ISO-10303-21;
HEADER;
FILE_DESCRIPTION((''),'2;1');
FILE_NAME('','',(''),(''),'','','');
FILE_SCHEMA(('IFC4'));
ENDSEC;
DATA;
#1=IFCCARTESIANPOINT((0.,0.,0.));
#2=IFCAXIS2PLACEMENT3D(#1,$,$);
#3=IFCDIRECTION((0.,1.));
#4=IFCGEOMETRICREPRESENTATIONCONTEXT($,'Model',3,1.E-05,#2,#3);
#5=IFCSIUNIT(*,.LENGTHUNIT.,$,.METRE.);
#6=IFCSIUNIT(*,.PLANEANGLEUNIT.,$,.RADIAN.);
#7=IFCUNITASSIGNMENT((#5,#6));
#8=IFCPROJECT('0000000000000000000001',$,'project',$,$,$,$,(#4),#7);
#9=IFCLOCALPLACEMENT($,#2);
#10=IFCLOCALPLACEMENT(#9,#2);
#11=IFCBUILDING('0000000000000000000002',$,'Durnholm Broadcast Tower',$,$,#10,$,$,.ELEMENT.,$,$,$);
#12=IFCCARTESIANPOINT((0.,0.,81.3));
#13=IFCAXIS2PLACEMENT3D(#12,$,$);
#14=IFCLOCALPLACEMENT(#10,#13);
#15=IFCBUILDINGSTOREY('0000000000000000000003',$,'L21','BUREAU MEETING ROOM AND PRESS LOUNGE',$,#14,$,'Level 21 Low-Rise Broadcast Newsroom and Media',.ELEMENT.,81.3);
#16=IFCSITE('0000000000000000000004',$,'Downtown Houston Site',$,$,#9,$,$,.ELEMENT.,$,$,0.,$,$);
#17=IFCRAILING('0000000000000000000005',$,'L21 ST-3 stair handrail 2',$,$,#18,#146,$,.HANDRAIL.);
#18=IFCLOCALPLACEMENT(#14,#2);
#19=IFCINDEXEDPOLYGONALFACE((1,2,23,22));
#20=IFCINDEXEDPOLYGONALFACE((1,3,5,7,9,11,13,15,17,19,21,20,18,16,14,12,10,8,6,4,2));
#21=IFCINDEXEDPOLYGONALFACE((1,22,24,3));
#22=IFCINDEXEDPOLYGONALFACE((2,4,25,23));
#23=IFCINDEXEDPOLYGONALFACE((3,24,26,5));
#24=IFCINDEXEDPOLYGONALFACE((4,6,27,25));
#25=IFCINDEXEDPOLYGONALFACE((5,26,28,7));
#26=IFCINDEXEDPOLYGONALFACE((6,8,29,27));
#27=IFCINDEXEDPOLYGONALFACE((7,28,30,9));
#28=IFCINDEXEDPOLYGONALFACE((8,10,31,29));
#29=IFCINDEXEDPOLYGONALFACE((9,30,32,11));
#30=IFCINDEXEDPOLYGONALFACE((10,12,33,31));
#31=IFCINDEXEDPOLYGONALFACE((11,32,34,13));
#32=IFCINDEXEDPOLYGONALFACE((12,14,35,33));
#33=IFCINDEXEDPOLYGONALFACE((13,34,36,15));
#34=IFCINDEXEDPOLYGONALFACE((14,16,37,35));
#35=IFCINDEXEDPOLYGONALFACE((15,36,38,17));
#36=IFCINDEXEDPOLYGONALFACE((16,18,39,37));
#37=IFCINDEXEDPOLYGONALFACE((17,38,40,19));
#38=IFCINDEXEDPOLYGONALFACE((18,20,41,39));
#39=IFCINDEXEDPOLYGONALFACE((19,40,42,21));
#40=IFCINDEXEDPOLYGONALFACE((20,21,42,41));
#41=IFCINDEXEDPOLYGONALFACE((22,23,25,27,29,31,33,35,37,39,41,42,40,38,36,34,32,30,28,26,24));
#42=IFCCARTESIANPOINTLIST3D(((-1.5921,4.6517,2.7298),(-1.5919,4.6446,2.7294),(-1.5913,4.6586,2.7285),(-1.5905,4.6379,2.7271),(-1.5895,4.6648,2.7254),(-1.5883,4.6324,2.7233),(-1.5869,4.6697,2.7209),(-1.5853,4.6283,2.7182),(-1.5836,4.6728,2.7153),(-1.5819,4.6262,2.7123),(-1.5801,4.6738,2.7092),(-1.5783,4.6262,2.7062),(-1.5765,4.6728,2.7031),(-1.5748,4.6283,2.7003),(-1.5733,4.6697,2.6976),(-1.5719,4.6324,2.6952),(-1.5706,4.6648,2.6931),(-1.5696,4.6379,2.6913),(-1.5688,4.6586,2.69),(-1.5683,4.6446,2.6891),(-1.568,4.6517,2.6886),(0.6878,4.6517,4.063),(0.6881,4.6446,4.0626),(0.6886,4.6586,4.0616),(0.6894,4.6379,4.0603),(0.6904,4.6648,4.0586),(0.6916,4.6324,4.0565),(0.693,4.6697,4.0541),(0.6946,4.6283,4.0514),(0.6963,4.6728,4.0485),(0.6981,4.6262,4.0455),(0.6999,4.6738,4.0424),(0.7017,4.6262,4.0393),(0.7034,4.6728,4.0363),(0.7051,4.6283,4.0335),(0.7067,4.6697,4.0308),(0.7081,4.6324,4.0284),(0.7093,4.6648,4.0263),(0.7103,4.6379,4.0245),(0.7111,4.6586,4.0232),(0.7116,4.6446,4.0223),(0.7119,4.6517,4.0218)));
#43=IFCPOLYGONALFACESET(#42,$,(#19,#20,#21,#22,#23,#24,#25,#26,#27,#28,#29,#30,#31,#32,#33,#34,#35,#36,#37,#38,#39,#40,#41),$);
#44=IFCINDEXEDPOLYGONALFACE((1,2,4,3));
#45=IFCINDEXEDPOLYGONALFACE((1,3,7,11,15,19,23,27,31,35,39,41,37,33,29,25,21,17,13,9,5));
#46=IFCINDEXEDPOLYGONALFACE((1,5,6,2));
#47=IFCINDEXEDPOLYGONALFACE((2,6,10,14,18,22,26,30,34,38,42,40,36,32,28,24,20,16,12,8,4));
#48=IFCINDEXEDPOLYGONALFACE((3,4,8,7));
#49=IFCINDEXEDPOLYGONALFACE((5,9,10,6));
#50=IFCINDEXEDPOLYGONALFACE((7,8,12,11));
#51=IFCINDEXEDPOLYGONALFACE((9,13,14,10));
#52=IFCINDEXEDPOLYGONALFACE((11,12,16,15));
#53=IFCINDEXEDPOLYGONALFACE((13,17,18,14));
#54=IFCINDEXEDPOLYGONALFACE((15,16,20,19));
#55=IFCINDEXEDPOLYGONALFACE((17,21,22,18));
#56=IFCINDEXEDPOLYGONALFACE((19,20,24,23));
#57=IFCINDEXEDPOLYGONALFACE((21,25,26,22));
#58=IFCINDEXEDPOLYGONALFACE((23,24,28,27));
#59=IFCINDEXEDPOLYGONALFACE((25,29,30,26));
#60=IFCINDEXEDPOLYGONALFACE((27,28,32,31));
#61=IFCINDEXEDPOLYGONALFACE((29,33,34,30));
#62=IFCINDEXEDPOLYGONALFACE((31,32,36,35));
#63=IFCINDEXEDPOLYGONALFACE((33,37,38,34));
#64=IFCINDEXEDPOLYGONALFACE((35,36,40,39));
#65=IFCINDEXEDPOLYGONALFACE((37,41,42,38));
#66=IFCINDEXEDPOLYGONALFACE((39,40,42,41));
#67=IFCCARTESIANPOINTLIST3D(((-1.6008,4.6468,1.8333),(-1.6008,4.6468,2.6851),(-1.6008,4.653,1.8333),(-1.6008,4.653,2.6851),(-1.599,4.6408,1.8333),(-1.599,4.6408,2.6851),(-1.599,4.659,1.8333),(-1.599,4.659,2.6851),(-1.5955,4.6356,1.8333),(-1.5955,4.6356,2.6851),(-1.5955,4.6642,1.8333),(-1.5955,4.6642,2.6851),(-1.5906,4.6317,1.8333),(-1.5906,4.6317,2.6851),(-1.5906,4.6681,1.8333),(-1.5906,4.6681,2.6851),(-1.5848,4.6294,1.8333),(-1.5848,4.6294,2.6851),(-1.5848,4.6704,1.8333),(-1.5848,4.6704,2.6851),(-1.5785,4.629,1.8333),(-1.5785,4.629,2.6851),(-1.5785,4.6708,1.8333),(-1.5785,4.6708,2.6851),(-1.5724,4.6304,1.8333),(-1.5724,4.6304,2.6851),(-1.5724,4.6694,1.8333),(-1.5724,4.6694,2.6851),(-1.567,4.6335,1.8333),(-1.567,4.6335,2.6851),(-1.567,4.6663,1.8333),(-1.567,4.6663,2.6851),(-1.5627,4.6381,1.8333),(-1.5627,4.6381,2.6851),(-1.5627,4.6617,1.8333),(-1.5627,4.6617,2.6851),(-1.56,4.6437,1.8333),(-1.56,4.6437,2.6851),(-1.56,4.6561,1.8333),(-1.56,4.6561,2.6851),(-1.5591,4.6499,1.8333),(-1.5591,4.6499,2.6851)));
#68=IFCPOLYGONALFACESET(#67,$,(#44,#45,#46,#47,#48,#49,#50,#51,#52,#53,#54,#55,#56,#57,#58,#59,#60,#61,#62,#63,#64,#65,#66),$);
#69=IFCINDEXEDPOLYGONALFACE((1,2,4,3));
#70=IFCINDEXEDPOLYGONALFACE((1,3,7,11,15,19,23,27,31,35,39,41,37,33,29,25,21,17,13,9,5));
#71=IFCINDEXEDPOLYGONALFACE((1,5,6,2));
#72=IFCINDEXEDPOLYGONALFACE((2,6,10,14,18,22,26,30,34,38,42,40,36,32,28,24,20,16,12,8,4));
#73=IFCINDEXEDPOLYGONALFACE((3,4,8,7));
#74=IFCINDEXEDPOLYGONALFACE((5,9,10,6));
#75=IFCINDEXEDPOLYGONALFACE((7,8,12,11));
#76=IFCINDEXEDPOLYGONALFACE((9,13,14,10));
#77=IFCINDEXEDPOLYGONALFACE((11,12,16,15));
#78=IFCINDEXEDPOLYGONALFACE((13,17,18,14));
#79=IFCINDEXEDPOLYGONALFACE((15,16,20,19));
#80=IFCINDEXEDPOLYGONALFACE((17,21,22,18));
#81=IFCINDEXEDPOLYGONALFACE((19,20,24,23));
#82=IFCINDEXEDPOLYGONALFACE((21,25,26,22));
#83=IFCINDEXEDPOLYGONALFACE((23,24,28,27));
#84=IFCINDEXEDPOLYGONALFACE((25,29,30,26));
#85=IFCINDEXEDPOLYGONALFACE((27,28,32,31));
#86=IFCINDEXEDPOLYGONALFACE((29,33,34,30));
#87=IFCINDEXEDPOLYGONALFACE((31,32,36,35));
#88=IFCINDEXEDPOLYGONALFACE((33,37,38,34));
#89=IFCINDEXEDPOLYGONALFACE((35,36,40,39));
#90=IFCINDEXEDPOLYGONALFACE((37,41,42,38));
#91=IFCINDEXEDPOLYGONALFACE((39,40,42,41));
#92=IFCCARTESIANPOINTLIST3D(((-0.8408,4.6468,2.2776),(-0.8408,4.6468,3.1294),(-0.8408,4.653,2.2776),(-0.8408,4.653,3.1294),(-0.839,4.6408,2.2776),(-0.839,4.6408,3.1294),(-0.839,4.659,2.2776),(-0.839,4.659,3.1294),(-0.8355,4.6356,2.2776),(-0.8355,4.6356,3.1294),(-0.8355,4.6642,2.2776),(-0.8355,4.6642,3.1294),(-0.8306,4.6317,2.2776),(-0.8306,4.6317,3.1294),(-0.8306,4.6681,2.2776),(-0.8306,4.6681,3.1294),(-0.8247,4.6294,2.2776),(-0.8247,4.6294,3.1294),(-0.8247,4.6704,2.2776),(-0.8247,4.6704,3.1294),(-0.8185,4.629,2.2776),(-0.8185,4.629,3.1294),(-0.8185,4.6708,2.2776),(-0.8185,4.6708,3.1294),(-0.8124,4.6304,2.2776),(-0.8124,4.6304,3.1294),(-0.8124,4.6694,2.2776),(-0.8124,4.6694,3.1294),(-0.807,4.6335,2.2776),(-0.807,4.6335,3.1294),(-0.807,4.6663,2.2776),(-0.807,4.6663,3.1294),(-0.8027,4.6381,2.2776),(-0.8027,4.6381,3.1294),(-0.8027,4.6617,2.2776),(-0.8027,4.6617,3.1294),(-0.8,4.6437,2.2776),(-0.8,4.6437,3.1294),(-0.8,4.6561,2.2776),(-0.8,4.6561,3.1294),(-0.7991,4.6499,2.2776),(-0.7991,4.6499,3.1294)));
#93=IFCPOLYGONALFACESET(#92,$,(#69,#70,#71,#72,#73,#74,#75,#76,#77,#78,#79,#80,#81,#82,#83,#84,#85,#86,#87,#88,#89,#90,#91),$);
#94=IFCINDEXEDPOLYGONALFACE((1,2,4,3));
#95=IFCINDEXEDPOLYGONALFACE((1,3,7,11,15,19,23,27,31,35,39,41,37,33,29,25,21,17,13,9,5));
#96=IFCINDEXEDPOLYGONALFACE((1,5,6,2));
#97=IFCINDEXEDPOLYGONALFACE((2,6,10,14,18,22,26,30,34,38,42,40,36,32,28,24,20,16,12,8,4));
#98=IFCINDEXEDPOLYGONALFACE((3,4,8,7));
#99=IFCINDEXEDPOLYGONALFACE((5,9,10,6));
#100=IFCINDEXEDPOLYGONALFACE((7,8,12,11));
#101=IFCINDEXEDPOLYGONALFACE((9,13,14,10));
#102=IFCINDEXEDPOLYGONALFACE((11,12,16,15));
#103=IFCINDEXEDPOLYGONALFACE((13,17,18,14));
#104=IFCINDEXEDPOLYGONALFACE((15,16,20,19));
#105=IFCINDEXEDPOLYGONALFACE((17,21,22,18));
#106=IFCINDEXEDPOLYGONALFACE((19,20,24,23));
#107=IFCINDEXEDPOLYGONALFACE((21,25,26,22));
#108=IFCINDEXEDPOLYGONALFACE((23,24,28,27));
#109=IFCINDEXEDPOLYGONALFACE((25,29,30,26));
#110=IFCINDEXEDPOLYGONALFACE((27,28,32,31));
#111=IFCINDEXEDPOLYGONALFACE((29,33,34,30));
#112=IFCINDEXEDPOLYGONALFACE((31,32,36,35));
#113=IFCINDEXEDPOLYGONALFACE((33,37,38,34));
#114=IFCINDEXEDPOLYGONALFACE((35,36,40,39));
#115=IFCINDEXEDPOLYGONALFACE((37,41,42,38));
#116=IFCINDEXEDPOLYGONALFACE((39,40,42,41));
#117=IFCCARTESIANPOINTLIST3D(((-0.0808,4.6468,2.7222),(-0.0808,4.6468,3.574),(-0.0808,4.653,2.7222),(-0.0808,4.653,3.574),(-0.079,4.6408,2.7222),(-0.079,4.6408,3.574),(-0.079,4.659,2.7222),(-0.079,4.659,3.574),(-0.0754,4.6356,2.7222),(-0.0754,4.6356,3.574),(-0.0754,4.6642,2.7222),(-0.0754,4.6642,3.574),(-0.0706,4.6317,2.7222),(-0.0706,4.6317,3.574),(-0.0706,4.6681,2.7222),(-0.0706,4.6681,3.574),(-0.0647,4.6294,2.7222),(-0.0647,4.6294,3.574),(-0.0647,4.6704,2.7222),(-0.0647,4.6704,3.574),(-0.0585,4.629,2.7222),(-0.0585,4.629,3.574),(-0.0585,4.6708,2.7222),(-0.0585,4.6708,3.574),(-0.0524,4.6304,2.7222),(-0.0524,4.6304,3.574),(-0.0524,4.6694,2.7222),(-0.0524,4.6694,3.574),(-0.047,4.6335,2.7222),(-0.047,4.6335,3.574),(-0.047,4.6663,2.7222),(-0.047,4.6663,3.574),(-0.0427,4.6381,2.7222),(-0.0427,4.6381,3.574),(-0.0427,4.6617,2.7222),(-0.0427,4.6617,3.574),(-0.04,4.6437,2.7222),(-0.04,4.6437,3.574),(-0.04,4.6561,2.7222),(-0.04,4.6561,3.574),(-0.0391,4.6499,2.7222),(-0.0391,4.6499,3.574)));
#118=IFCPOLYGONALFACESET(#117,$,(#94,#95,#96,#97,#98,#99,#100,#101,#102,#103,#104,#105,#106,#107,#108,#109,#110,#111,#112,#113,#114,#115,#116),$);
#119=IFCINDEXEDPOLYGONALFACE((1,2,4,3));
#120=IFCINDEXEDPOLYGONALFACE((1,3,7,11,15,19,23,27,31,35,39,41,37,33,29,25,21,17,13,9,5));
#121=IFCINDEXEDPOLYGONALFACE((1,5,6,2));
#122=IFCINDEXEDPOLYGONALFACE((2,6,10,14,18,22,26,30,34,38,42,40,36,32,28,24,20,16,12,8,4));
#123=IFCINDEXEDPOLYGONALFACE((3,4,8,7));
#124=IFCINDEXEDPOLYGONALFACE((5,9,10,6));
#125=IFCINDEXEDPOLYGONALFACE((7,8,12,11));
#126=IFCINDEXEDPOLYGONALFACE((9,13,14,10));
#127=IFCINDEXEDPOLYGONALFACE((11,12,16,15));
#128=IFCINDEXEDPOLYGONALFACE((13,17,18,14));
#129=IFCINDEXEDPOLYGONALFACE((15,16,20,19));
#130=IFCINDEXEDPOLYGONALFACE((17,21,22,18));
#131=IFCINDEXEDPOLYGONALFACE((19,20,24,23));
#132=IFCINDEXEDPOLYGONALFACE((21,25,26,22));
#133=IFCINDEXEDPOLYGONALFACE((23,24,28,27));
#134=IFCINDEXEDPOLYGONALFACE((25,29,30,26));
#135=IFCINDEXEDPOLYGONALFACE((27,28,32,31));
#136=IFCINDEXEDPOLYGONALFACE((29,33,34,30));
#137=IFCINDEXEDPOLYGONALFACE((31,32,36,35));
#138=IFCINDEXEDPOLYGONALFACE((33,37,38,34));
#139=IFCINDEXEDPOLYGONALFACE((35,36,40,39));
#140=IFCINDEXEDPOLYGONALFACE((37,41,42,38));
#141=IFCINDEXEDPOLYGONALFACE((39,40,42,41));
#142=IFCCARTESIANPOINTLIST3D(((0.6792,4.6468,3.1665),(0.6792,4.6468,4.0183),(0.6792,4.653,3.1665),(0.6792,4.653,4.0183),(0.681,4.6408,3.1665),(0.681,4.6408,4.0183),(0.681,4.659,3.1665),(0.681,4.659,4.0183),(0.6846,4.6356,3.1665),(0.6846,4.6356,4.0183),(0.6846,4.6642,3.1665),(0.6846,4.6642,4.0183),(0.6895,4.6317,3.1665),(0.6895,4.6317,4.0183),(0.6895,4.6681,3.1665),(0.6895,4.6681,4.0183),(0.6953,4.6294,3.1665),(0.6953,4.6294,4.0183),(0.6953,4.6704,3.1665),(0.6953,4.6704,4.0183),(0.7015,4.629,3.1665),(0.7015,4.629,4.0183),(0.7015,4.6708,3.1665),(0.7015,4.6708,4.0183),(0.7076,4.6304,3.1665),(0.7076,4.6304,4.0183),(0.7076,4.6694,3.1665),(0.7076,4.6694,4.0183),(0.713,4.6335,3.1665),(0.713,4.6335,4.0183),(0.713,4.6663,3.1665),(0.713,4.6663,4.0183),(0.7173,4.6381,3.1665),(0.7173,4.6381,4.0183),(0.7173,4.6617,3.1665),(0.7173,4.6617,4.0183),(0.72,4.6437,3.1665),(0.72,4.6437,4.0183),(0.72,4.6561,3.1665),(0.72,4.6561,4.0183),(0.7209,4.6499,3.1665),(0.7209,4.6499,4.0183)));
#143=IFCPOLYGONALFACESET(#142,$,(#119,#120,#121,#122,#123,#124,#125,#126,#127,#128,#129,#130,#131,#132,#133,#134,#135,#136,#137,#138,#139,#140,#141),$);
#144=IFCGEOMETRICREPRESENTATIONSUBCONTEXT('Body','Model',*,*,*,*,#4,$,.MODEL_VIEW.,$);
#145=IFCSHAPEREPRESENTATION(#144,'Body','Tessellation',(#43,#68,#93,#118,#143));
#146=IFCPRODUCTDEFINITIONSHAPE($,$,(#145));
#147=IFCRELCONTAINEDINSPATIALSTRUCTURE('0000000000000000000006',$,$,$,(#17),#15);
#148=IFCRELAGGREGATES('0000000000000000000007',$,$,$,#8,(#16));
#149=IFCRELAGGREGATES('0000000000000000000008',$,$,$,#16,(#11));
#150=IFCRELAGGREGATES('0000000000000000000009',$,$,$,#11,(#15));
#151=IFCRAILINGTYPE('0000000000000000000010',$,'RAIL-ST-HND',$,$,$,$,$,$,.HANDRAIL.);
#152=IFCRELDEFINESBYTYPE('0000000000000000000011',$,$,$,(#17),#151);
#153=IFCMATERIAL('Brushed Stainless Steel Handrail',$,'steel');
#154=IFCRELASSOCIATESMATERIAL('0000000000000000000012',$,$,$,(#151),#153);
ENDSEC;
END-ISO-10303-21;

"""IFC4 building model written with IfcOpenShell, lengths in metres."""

from ifc_helpers import new_model, si_unit, direction, frame, origin, origin_2d, place, context, subcontext, project, spatial, circle, extrude, material, type_object, element, save


model = new_model("IFC4")

# Units and contexts
model_context = context("Model", 3, precision=1e-05, world=origin(), true_north=direction((0.0, 1.0)))
body_context = subcontext(model_context, "Body", "Model", "MODEL_VIEW")
ifc_project = project(units=[si_unit("LENGTHUNIT", "METRE"), si_unit("PLANEANGLEUNIT", "RADIAN")], contexts=[model_context])

# Site, building, storey
site_placement = place(None, origin())
site = spatial("IfcSite", under=ifc_project, at=site_placement, Name="Downtown Houston Site", CompositionType="ELEMENT", RefElevation=0.0)
building_placement = place(site_placement, origin())
building = spatial("IfcBuilding", under=site, at=building_placement, Name="Durnholm Broadcast Tower", CompositionType="ELEMENT")
storey_placement = place(building_placement, frame((0.0, 0.0, 81.3)))
storey = spatial("IfcBuildingStorey", under=building, at=storey_placement, Name="L21", Description="BUREAU MEETING ROOM AND PRESS LOUNGE", LongName="Level 21 Low-Rise Broadcast Newsroom and Media", CompositionType="ELEMENT", Elevation=81.3)

# Railing
ifc_material_1 = material(Name="Brushed Stainless Steel Handrail", Category="steel")
railing_type_1 = type_object("IfcRailingType", Name="RAIL-ST-HND", PredefinedType="HANDRAIL", material=ifc_material_1)
railing_1_placement = place(storey_placement, frame((-1.5801, 4.6499, 1.8333)))
element("IfcRailing", 1, at=railing_1_placement, inside=storey, type_object=railing_type_1, Name="L21 ST-3 stair handrail 2", PredefinedType="HANDRAIL", context=body_context, shape_type="SweptSolid", body=[
    extrude(circle(Radius=0.0239, at=origin_2d()), frame((0.0, 0.0, 0.876), z_axis=(0.863245, 0.0, 0.504785), x_axis=(0.0, 1.0, 0.0)), (0.0, 0.0, 1.0), 2.6411),
    extrude(circle(Radius=0.021, at=origin_2d()), origin(), (0.0, 0.0, 1.0), 0.8518),
    extrude(circle(Radius=0.021, at=origin_2d()), frame((0.76, 0.0, 0.4443)), (0.0, 0.0, 1.0), 0.8518),
    extrude(circle(Radius=0.021, at=origin_2d()), frame((1.52, 0.0, 0.8889)), (0.0, 0.0, 1.0), 0.8518),
    extrude(circle(Radius=0.021, at=origin_2d()), frame((2.28, 0.0, 1.3333)), (0.0, 0.0, 1.0), 0.8518),
])

save(model, "model.ifc")
